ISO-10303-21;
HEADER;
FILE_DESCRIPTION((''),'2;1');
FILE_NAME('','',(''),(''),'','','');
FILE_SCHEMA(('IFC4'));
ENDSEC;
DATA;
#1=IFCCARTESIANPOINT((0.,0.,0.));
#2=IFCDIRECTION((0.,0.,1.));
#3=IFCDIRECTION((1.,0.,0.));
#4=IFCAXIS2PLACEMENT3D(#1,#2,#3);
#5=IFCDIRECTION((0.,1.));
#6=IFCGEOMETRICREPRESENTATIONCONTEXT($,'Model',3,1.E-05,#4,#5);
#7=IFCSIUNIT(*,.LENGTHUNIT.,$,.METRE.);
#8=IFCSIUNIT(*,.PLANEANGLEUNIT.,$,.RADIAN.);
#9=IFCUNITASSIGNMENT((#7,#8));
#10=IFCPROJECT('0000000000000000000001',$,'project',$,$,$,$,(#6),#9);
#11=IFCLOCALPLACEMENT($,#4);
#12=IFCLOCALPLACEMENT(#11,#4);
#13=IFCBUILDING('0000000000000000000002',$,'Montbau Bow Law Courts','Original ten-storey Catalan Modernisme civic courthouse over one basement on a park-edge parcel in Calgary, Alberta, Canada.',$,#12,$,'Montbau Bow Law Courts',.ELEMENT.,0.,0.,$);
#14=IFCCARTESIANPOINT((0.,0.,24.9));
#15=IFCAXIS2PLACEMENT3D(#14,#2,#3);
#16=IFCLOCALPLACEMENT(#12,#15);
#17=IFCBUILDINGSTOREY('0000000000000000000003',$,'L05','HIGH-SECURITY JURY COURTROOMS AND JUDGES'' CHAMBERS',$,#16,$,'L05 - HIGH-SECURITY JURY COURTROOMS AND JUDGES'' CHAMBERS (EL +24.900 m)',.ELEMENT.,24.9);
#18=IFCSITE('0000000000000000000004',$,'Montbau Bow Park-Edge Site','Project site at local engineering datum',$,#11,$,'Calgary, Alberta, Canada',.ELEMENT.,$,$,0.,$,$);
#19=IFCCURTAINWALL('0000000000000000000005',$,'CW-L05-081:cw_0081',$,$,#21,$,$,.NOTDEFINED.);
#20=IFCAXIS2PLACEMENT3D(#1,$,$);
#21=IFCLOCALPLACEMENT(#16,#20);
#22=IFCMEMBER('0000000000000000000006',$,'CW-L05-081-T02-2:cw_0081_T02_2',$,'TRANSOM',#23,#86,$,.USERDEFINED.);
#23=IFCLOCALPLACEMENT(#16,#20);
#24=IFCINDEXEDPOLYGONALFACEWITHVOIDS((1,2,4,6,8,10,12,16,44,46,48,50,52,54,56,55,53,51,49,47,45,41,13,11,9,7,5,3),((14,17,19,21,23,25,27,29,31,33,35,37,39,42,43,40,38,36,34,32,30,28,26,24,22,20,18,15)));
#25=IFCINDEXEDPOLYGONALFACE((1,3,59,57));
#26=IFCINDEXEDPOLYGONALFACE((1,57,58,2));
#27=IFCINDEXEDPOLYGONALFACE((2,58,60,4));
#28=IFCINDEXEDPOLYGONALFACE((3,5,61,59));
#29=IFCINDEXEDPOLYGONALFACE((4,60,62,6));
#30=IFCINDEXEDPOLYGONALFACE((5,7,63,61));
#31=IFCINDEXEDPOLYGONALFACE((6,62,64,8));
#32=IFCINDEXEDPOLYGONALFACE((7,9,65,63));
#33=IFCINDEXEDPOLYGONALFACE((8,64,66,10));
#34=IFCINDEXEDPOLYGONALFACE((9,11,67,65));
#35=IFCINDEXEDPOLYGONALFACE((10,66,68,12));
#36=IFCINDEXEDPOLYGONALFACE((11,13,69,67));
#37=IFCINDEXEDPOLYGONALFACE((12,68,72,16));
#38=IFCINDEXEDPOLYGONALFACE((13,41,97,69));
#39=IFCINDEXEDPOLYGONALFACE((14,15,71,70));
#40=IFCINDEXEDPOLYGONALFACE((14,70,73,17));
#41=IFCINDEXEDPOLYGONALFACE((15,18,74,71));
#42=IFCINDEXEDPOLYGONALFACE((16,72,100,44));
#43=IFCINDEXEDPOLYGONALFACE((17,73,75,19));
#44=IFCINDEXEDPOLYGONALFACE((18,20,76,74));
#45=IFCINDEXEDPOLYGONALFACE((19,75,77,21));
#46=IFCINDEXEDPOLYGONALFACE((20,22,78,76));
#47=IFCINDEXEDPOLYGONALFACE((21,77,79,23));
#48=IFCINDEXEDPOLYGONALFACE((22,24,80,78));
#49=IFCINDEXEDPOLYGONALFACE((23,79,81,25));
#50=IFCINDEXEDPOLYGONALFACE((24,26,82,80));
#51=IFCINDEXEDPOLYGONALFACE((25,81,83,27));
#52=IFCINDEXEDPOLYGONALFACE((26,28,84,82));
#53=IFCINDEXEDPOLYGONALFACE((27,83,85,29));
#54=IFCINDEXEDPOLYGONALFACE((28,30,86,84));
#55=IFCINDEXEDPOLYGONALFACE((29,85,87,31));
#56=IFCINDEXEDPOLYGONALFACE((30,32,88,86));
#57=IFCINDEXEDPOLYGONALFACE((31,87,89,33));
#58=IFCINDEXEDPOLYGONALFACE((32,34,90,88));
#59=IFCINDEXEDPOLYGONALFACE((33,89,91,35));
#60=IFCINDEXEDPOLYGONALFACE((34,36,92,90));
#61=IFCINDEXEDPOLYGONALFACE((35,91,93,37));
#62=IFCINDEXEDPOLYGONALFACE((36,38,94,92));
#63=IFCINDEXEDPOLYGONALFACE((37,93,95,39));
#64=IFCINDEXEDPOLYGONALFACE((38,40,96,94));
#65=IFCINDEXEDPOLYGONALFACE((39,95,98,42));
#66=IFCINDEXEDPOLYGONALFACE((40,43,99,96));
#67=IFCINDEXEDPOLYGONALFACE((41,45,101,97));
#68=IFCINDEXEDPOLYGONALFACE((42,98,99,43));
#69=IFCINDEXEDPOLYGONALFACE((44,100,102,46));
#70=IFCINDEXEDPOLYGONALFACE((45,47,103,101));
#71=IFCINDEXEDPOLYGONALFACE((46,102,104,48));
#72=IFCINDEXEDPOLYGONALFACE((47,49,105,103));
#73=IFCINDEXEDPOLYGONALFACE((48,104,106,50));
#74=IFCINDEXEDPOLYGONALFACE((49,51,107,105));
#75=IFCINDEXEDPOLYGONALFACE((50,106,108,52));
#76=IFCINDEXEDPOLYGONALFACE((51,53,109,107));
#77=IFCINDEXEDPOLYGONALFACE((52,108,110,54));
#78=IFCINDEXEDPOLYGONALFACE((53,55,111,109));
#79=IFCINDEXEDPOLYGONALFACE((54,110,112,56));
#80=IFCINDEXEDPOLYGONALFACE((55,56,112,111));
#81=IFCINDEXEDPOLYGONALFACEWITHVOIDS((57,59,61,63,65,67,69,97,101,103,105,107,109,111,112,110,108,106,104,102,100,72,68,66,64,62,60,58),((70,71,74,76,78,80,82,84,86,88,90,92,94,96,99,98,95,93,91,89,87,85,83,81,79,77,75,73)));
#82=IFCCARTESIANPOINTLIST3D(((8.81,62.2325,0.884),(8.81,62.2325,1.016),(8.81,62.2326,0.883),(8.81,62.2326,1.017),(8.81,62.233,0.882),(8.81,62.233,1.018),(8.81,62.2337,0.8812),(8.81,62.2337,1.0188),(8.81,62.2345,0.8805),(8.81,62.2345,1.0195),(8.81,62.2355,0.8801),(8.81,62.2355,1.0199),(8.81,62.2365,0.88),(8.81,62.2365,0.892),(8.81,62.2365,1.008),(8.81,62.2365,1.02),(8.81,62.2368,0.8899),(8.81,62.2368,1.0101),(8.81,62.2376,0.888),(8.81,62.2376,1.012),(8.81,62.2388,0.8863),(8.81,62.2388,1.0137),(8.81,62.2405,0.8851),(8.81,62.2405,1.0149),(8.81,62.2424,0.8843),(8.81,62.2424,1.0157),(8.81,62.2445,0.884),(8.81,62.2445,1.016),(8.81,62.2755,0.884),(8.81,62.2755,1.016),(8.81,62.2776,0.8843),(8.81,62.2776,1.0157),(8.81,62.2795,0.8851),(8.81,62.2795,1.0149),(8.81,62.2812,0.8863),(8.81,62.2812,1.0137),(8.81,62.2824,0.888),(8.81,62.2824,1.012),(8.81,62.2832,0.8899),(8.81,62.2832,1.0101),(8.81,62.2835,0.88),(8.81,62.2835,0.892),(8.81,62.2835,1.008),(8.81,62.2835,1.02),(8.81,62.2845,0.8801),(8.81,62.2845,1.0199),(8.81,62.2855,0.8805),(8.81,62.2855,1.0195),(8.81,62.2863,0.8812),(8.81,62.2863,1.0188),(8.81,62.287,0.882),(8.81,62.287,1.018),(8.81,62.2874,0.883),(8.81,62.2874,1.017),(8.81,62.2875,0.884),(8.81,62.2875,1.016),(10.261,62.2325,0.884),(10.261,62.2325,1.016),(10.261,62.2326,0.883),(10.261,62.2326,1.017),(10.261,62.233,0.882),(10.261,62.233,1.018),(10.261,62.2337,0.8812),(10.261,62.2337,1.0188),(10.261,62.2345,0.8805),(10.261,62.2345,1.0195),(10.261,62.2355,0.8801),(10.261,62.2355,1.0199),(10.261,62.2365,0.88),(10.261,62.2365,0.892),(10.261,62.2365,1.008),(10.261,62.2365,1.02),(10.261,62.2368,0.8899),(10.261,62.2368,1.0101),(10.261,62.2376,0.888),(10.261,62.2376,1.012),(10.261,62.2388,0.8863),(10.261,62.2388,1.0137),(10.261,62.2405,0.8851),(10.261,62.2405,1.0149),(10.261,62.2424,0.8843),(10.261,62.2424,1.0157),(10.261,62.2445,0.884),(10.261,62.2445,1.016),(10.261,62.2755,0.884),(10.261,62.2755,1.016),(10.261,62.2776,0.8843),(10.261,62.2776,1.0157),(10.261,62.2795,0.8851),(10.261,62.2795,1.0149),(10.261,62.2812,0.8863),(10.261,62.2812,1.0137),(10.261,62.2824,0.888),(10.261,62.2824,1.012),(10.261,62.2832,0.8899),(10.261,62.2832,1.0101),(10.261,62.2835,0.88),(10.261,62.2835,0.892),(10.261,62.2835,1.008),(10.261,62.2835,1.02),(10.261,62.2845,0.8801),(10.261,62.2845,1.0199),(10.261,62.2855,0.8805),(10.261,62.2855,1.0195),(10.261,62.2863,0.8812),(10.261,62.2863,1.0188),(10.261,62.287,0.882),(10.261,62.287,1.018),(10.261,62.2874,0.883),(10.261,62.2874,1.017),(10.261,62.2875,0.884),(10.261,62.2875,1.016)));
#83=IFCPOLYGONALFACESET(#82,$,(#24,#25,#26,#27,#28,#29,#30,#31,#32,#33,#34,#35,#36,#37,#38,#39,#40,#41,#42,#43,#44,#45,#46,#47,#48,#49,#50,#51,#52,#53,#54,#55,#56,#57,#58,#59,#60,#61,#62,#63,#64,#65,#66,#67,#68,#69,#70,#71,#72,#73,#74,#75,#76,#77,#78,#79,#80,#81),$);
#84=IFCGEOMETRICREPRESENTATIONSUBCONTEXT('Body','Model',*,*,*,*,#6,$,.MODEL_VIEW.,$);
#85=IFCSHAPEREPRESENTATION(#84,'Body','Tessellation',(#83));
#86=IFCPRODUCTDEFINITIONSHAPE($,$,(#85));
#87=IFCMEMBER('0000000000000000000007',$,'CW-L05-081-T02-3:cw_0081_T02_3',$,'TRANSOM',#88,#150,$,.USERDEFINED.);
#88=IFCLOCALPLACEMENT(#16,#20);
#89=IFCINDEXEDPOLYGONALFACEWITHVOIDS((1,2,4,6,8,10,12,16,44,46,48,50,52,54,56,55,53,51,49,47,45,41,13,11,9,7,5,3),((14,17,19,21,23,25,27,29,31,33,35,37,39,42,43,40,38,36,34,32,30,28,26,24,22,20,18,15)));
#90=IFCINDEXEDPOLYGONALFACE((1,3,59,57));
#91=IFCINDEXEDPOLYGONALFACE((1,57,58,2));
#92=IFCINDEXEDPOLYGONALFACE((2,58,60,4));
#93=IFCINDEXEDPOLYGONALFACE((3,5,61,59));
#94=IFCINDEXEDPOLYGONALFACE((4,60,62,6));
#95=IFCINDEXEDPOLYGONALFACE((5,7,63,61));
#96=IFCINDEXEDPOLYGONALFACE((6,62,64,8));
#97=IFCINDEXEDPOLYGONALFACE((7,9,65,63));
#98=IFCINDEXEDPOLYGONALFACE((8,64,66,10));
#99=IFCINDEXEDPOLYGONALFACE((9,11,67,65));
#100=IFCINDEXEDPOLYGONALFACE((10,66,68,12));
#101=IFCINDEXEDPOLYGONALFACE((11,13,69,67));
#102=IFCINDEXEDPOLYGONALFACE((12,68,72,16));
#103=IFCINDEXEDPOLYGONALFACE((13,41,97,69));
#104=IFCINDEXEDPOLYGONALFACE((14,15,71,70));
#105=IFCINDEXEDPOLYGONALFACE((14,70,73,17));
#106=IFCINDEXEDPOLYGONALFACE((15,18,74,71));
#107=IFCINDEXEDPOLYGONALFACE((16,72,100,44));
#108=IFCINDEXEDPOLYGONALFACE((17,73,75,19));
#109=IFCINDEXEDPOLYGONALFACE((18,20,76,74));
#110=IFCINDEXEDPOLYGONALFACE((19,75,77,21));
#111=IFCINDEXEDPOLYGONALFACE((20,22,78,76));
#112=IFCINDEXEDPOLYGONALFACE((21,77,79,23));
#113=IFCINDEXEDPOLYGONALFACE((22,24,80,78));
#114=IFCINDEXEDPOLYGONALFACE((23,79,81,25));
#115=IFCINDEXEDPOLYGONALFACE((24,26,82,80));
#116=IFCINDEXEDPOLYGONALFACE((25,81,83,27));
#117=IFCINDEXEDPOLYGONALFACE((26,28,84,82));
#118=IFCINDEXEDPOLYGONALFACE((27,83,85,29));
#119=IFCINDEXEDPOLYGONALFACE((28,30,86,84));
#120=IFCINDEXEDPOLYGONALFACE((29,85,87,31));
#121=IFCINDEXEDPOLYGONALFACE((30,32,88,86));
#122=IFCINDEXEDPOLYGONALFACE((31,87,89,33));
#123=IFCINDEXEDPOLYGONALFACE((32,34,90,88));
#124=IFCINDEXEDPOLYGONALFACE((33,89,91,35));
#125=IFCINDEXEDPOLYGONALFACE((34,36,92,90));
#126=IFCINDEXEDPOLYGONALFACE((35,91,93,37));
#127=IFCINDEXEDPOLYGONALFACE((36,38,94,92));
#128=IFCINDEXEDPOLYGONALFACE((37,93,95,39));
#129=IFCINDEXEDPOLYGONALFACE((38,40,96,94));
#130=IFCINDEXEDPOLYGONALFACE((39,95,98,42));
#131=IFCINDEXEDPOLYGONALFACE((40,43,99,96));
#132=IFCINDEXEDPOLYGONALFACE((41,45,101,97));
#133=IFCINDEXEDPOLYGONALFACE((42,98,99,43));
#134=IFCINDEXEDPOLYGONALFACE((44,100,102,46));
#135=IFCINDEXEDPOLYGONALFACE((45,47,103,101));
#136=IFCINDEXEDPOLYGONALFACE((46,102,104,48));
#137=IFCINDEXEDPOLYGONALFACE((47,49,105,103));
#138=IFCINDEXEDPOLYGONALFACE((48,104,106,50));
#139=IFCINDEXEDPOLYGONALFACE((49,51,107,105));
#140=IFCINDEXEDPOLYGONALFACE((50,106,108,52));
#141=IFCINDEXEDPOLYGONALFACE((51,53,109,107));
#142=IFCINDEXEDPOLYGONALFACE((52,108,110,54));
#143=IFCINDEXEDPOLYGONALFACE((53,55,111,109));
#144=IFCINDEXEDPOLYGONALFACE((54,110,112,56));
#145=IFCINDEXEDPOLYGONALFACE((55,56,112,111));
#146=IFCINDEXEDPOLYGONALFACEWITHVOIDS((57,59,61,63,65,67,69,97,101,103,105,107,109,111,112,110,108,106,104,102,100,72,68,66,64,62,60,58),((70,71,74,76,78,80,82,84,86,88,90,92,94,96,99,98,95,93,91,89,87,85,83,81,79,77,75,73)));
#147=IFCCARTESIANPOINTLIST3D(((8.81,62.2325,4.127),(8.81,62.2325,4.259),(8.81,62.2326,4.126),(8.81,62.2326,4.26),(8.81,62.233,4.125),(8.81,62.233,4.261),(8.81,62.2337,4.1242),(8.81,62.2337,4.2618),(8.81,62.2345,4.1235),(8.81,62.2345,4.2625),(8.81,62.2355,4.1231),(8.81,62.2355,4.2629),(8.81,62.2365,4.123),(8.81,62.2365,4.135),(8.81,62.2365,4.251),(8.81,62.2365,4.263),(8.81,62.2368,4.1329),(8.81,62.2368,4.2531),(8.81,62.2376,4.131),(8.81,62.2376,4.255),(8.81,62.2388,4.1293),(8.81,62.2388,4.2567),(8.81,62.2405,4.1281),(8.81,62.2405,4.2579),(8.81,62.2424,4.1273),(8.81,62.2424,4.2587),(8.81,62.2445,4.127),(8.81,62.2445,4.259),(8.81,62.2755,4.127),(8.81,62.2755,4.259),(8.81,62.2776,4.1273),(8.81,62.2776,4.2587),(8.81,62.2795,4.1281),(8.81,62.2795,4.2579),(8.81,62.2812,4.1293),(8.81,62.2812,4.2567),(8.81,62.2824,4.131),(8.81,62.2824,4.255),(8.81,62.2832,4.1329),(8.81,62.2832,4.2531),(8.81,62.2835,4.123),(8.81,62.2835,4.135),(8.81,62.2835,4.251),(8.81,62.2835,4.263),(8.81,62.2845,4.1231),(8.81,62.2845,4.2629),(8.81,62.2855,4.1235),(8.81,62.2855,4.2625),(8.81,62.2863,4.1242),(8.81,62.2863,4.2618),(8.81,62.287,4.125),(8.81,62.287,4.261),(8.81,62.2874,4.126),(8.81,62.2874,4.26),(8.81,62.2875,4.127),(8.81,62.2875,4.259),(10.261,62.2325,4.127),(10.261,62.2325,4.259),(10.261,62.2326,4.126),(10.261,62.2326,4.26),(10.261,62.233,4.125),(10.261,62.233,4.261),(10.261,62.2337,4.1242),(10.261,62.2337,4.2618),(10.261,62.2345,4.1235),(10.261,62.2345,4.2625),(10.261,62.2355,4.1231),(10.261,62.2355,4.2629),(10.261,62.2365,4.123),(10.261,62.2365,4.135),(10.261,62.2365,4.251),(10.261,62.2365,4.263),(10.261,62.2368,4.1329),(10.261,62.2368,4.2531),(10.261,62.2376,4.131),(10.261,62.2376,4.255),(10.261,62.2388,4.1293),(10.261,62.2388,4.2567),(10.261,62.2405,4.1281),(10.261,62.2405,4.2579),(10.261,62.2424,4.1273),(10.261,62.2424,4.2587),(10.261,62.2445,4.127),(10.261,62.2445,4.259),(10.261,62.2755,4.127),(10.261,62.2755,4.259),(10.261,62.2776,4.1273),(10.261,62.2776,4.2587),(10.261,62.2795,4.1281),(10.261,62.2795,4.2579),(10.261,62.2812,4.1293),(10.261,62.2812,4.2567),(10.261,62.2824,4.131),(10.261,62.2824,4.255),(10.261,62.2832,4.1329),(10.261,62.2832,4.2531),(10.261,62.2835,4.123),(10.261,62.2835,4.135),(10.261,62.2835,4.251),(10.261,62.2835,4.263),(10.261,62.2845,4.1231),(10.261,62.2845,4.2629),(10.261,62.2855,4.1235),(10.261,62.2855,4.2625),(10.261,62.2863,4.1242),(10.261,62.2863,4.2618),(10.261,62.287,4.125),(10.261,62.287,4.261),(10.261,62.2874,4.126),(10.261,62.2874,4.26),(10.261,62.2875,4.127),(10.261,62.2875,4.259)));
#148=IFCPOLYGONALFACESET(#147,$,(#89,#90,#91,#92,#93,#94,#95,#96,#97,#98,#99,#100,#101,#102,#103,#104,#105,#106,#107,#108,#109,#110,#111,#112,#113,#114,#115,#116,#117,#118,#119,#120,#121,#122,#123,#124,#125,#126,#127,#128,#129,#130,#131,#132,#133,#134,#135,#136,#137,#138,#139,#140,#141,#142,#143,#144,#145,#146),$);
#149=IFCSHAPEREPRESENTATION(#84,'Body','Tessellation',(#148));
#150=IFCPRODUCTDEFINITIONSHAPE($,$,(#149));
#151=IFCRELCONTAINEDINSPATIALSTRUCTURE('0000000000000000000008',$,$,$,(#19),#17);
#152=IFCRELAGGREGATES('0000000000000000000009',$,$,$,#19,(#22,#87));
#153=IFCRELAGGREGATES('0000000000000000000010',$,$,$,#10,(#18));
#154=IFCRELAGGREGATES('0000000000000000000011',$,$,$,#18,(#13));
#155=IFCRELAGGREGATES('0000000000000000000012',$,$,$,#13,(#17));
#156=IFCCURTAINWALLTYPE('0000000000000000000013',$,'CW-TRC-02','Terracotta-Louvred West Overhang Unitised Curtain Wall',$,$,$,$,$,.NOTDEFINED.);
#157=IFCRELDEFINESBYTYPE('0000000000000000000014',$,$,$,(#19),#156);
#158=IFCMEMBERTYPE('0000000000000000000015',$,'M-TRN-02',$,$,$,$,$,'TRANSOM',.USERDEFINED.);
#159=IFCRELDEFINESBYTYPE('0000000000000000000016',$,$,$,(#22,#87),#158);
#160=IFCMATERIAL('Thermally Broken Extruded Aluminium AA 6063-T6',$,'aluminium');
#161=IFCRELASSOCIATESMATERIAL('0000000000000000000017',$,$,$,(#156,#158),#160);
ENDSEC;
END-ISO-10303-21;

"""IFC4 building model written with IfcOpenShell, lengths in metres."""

from ifc_helpers import new_model, si_unit, direction, frame, origin_with_axes, origin_2d_with_axis, place, context, subcontext, project, spatial, hollow_rectangle, extrude, material, material_profile, profile_set, type_object, element, aggregate, save


model = new_model("IFC4")

# Units and contexts
model_context = context("Model", 3, precision=1e-05, world=origin_with_axes(), true_north=direction((0.0, 1.0)))
body_context = subcontext(model_context, "Body", "Model", "MODEL_VIEW")
ifc_project = project(units=[si_unit("LENGTHUNIT", "METRE"), si_unit("PLANEANGLEUNIT", "RADIAN")], contexts=[model_context])

# Site, building, storey
site_placement = place(None, origin_with_axes())
site = spatial("IfcSite", under=ifc_project, at=site_placement, Name="Montbau Bow Park-Edge Site", Description="Project site at local engineering datum", LongName="Calgary, Alberta, Canada", CompositionType="ELEMENT", RefElevation=0.0)
building_placement = place(site_placement, origin_with_axes())
building = spatial("IfcBuilding", under=site, at=building_placement, Name="Montbau Bow Law Courts", Description="Original ten-storey Catalan Modernisme civic courthouse over one basement on a park-edge parcel in Calgary, Alberta, Canada.", LongName="Montbau Bow Law Courts", CompositionType="ELEMENT", ElevationOfRefHeight=0.0, ElevationOfTerrain=0.0)
storey_placement = place(building_placement, frame((0.0, 0.0, 24.9), z_axis=(0.0, 0.0, 1.0), x_axis=(1.0, 0.0, 0.0)))
storey = spatial("IfcBuildingStorey", under=building, at=storey_placement, Name="L05", Description="HIGH-SECURITY JURY COURTROOMS AND JUDGES' CHAMBERS", LongName="L05 - HIGH-SECURITY JURY COURTROOMS AND JUDGES' CHAMBERS (EL +24.900 m)", CompositionType="ELEMENT", Elevation=24.9)

# Curtain wall, members
ifc_material_1 = material(Name="Thermally Broken Extruded Aluminium AA 6063-T6", Category="aluminium")
curtain_wall_type = type_object("IfcCurtainWallType", Name="CW-TRC-02", Description="Terracotta-Louvred West Overhang Unitised Curtain Wall", PredefinedType="NOTDEFINED", material=ifc_material_1)
curtain_wall_placement = place(None, frame((7.24, 62.26, 24.9), z_axis=(0.0, 0.0, 1.0), x_axis=(1.0, 0.0, 0.0)))
curtain_wall = element("IfcCurtainWall", 1, at=curtain_wall_placement, inside=storey, type_object=curtain_wall_type, Name="CW-L05-081:cw_0081", PredefinedType="NOTDEFINED")
ifc_material_profile = material_profile(ifc_material_1, hollow_rectangle(XDim=0.055, YDim=0.14, WallThickness=0.004, InnerFilletRadius=0.008, OuterFilletRadius=0.004, at=origin_2d_with_axis()), Name="CWT-140X55", Category="Main", Priority=0)
ifc_profile_set = profile_set([ifc_material_profile], Name="Thermally Broken Extruded Aluminium AA 6063-T6")
member_type = type_object("IfcMemberType", Name="M-TRN-02", ElementType="TRANSOM", PredefinedType="USERDEFINED", material=ifc_profile_set)
member_1_placement = place(None, frame((8.81, 62.26, 25.85), z_axis=(1.0, 0.0, 0.0), x_axis=(0.0, 1.0, 0.0)))
member_1 = element("IfcMember", 2, at=member_1_placement, type_object=member_type, Name="CW-L05-081-T02-2:cw_0081_T02_2", ObjectType="TRANSOM", PredefinedType="USERDEFINED", context=body_context, shape_type="SweptSolid", body=[
    extrude(hollow_rectangle(XDim=0.055, YDim=0.14, WallThickness=0.004, InnerFilletRadius=0.008, OuterFilletRadius=0.004, at=origin_2d_with_axis()), origin_with_axes(), (0.0, 0.0, 1.0), 1.451),
])
member_2_placement = place(None, frame((8.81, 62.26, 29.093), z_axis=(1.0, 0.0, 0.0), x_axis=(0.0, 1.0, 0.0)))
member_2 = element("IfcMember", 3, at=member_2_placement, type_object=member_type, Name="CW-L05-081-T02-3:cw_0081_T02_3", ObjectType="TRANSOM", PredefinedType="USERDEFINED", context=body_context, shape_type="SweptSolid", body=[
    extrude(hollow_rectangle(XDim=0.055, YDim=0.14, WallThickness=0.004, InnerFilletRadius=0.008, OuterFilletRadius=0.004, at=origin_2d_with_axis()), origin_with_axes(), (0.0, 0.0, 1.0), 1.451),
])
aggregate(curtain_wall, [member_1, member_2])

save(model, "model.ifc")
